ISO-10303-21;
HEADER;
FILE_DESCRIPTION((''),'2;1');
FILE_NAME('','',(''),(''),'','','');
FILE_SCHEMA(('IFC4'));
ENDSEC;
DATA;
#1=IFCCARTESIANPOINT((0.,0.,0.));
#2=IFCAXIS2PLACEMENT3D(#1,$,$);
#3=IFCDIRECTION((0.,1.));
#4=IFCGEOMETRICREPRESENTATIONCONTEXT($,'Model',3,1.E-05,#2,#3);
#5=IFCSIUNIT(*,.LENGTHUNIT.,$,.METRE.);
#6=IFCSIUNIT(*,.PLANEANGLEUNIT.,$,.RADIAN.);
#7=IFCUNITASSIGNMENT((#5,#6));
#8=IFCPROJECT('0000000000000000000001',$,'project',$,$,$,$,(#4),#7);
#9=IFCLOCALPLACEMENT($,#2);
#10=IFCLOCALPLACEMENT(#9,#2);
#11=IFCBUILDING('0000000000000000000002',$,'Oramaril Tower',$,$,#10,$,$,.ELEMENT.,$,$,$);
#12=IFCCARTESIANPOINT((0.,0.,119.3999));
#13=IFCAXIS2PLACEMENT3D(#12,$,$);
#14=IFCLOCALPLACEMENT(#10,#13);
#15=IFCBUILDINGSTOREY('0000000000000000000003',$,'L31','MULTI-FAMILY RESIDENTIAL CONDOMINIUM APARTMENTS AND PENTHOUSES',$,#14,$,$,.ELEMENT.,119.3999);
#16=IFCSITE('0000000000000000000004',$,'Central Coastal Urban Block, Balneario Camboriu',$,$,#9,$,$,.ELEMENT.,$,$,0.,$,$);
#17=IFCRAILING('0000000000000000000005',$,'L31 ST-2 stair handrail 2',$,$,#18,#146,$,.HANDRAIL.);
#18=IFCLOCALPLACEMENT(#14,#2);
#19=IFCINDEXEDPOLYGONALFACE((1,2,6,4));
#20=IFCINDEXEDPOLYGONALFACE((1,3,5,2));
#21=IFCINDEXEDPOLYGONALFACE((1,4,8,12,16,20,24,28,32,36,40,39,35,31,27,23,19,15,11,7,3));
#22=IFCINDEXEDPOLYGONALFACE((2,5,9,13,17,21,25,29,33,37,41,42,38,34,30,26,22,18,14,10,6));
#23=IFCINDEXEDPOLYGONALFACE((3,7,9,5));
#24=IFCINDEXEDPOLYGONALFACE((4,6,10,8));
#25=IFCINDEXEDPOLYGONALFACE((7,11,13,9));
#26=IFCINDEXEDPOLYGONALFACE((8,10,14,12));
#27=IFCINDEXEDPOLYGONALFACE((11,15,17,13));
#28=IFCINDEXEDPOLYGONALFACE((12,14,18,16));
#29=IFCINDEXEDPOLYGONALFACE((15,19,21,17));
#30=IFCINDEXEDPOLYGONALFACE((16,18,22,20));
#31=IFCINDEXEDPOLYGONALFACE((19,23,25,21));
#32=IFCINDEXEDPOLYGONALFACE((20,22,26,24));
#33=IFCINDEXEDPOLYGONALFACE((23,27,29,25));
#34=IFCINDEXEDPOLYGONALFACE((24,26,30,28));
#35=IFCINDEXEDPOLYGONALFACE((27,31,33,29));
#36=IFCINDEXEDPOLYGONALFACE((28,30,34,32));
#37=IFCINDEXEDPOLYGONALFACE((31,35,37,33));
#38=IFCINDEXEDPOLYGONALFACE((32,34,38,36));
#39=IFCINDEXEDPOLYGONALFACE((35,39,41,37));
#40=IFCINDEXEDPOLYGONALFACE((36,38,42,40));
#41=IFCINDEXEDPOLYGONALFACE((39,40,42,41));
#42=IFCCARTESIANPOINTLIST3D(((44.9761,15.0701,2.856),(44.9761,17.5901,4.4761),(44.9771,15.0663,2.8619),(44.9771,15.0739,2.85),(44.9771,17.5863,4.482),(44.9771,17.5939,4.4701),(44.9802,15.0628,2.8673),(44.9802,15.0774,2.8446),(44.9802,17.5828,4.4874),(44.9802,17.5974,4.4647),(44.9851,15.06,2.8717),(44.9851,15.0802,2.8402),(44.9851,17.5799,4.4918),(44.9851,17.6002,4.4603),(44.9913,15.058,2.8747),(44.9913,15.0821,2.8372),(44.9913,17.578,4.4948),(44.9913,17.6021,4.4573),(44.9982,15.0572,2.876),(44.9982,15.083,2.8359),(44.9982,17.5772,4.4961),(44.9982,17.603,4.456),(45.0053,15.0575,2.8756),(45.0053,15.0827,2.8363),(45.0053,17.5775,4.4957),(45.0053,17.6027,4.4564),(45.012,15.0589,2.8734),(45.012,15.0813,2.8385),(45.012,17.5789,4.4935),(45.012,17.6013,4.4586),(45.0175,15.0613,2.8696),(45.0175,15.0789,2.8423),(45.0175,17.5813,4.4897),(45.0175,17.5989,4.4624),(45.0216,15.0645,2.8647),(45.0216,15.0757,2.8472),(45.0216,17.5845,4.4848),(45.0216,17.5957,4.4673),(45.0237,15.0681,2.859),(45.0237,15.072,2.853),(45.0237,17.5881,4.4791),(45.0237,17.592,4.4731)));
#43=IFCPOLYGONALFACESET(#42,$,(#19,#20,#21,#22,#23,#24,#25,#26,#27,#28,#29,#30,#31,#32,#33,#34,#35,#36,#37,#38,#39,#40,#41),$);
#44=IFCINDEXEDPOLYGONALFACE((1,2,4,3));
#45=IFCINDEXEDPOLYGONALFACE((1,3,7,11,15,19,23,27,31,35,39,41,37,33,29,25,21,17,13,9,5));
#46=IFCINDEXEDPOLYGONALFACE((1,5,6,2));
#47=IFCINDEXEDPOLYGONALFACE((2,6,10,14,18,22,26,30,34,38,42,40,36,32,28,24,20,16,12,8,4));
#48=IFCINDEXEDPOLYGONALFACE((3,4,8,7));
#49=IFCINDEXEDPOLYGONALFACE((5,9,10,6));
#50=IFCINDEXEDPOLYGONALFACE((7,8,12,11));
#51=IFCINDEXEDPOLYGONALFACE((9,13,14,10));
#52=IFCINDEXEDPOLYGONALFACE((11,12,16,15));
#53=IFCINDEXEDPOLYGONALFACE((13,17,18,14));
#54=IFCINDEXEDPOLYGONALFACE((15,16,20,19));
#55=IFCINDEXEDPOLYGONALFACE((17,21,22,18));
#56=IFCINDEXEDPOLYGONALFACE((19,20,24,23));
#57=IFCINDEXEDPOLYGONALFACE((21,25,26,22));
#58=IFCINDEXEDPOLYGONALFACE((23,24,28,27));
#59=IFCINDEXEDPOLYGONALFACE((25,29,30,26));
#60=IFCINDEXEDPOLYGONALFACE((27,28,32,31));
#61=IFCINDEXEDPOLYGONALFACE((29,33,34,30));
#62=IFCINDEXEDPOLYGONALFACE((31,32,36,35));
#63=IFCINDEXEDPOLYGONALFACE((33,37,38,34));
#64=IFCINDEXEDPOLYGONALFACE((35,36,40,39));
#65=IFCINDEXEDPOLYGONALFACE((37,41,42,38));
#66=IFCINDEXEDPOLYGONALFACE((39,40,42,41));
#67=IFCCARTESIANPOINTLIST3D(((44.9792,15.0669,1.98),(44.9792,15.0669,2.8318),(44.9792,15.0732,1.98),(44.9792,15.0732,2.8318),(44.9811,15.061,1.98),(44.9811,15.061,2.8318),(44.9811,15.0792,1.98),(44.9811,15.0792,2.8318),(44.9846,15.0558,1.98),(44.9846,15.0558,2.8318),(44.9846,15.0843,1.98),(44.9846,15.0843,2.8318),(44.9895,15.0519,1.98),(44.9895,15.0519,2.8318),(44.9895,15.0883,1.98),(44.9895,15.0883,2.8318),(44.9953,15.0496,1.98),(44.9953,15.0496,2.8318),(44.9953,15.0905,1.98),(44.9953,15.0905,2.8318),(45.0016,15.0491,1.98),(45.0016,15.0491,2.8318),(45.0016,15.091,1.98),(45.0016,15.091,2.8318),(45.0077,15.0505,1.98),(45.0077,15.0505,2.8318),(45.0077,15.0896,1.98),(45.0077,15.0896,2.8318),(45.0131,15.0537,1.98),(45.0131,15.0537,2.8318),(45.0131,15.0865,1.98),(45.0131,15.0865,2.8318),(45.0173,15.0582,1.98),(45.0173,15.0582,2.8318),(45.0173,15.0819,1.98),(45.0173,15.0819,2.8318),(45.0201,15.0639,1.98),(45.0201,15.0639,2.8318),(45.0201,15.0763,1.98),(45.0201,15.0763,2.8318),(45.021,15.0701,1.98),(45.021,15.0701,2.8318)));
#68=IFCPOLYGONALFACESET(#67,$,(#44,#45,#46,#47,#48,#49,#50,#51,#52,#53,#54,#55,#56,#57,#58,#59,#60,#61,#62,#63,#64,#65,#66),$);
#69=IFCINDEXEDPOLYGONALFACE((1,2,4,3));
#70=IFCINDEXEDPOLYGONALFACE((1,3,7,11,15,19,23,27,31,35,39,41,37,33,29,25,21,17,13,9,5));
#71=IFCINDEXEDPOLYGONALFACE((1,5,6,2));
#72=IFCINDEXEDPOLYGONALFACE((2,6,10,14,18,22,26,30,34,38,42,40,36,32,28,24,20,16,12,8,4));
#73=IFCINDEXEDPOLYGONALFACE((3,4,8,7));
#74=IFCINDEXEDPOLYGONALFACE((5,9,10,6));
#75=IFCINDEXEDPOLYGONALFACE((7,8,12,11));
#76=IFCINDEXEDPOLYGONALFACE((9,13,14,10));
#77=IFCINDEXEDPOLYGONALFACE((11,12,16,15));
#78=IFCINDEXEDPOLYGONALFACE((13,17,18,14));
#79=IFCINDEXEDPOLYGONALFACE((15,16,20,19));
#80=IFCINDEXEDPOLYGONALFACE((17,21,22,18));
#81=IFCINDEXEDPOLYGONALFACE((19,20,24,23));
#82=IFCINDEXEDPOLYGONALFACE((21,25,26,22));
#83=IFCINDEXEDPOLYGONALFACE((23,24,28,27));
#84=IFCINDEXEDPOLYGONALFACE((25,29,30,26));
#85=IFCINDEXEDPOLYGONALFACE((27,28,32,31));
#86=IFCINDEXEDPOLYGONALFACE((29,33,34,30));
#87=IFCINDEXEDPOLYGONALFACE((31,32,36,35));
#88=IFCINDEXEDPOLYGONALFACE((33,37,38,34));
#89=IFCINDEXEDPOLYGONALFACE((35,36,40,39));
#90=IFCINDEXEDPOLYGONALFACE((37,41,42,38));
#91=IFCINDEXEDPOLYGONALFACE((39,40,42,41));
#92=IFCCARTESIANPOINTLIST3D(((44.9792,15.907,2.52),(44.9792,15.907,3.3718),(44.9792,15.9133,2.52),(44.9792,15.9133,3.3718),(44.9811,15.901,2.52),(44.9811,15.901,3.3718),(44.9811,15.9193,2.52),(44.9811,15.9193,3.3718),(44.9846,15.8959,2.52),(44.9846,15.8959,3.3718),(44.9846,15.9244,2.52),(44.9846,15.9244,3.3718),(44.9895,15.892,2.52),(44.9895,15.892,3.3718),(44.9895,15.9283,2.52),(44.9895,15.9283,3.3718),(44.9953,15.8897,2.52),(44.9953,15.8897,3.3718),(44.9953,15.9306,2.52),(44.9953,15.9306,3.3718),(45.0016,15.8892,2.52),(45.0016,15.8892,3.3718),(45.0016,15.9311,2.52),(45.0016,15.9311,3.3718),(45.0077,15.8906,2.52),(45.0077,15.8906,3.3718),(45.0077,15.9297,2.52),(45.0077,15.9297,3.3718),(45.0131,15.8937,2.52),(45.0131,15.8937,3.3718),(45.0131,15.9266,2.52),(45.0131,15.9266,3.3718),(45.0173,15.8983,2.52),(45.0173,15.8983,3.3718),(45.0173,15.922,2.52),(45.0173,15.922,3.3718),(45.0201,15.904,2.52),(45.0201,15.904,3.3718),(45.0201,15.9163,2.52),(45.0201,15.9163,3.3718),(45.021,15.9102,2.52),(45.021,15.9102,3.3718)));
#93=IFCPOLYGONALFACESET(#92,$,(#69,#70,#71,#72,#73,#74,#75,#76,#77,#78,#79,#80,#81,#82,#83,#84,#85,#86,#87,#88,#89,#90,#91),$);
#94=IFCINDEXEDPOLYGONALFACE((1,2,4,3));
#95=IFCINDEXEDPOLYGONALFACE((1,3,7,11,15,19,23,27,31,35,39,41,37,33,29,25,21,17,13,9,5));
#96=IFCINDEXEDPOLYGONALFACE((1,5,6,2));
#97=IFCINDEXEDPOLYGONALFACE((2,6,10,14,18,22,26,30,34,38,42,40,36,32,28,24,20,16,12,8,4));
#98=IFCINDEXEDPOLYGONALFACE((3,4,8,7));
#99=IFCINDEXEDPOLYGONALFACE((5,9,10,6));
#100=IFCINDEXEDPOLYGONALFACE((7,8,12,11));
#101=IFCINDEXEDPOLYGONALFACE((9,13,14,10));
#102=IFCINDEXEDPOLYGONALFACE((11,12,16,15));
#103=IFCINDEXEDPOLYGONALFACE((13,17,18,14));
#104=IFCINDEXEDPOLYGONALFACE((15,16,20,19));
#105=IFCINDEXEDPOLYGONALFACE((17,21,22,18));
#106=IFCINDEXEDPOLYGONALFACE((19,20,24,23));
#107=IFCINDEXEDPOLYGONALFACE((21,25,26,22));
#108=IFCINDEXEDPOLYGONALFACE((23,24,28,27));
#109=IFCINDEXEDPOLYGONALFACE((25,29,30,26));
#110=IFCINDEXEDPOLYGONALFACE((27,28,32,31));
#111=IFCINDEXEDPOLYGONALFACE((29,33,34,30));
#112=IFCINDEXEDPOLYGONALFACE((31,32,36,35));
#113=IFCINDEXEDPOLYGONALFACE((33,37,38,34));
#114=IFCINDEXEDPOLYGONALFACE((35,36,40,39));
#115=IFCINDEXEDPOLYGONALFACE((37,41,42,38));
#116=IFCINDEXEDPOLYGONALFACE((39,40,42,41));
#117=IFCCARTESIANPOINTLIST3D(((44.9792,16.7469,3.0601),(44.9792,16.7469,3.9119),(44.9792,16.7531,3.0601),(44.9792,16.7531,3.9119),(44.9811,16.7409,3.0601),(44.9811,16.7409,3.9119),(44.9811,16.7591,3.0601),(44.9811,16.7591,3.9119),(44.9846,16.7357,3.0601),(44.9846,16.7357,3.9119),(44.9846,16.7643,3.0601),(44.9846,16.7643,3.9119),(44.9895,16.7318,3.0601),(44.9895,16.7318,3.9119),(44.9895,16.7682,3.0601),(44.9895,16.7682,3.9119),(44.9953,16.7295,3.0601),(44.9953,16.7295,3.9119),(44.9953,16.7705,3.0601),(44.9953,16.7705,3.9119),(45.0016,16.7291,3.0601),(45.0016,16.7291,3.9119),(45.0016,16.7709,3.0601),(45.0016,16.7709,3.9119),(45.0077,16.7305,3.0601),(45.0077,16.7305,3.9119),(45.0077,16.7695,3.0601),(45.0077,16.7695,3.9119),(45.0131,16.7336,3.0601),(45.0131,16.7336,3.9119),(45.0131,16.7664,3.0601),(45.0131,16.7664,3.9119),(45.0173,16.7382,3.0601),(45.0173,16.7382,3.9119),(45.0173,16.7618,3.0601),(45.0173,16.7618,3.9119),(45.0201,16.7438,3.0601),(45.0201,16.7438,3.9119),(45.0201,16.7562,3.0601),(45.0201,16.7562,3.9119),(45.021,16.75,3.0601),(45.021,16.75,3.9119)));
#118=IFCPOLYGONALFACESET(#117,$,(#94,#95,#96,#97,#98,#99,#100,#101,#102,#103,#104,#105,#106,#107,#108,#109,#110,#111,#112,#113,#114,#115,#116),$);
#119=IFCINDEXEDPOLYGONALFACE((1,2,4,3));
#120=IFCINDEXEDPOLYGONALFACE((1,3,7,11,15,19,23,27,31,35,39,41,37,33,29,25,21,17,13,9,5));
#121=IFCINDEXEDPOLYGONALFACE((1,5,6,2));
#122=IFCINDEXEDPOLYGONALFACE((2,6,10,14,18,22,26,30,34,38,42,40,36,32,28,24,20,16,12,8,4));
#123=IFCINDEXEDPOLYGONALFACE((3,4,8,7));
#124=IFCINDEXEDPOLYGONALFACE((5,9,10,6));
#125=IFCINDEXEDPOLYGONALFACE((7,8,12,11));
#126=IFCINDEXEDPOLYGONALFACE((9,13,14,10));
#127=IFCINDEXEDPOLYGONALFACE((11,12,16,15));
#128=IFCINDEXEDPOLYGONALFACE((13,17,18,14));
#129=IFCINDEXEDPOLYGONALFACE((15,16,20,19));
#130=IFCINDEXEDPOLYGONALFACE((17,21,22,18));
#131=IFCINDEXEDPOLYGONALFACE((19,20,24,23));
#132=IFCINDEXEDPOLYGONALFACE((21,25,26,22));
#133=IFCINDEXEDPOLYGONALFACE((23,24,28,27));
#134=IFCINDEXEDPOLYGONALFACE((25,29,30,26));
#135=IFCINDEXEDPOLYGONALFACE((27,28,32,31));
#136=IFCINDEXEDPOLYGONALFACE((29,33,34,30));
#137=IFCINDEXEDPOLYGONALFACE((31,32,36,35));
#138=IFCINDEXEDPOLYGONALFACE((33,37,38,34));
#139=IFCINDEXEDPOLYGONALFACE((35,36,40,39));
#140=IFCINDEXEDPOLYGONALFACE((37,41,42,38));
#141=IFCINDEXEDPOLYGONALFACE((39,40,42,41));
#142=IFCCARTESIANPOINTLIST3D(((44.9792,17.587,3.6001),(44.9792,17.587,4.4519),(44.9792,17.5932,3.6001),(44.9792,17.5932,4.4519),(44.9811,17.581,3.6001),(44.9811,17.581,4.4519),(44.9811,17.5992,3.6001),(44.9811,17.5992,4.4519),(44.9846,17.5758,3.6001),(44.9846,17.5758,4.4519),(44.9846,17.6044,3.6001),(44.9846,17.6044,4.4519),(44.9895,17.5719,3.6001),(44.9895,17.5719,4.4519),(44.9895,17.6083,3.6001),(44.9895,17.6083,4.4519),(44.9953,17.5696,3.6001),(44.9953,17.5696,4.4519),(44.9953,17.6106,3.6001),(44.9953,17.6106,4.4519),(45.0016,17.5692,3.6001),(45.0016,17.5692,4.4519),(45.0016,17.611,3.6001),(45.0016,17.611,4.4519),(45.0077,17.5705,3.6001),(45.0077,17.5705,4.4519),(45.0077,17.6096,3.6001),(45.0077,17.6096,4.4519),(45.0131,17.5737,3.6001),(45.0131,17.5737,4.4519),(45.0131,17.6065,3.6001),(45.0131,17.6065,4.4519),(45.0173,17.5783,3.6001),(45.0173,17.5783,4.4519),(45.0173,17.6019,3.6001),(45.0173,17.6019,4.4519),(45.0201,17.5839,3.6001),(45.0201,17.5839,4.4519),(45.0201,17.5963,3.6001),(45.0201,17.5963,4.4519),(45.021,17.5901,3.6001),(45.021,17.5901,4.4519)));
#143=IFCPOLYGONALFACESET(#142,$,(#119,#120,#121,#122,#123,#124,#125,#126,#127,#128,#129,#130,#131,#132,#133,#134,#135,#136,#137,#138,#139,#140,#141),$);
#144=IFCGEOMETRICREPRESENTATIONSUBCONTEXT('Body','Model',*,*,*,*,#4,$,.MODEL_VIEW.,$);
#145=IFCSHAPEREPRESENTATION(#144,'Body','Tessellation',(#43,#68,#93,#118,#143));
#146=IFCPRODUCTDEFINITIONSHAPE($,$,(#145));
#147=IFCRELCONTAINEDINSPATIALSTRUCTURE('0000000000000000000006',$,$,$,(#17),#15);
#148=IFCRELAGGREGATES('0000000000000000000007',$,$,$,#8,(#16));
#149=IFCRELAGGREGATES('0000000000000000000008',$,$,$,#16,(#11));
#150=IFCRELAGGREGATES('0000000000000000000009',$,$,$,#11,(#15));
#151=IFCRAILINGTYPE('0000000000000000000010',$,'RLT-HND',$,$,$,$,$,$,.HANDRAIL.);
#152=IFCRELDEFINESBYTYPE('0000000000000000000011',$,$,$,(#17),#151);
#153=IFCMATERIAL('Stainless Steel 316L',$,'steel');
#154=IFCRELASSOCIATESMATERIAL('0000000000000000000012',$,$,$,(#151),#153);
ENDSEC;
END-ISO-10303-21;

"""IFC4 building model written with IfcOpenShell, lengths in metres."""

from ifc_helpers import new_model, si_unit, direction, frame, origin, origin_2d, place, context, subcontext, project, spatial, circle, extrude, material, type_object, element, save


model = new_model("IFC4")

# Units and contexts
model_context = context("Model", 3, precision=1e-05, world=origin(), true_north=direction((0.0, 1.0)))
body_context = subcontext(model_context, "Body", "Model", "MODEL_VIEW")
ifc_project = project(units=[si_unit("LENGTHUNIT", "METRE"), si_unit("PLANEANGLEUNIT", "RADIAN")], contexts=[model_context])

# Site, building, storey
site_placement = place(None, origin())
site = spatial("IfcSite", under=ifc_project, at=site_placement, Name="Central Coastal Urban Block, Balneario Camboriu", CompositionType="ELEMENT", RefElevation=0.0)
building_placement = place(site_placement, origin())
building = spatial("IfcBuilding", under=site, at=building_placement, Name="Oramaril Tower", CompositionType="ELEMENT")
storey_placement = place(building_placement, frame((0.0, 0.0, 119.3999)))
storey = spatial("IfcBuildingStorey", under=building, at=storey_placement, Name="L31", Description="MULTI-FAMILY RESIDENTIAL CONDOMINIUM APARTMENTS AND PENTHOUSES", CompositionType="ELEMENT", Elevation=119.3999)

# Railing
ifc_material_1 = material(Name="Stainless Steel 316L", Category="steel")
railing_type_1 = type_object("IfcRailingType", Name="RLT-HND", PredefinedType="HANDRAIL", material=ifc_material_1)
railing_1_placement = place(storey_placement, frame((45.0, 15.0701, 1.98)))
element("IfcRailing", 1, at=railing_1_placement, inside=storey, type_object=railing_type_1, Name="L31 ST-2 stair handrail 2", PredefinedType="HANDRAIL", context=body_context, shape_type="SweptSolid", body=[
    extrude(circle(Radius=0.0239, at=origin_2d()), frame((0.0, 0.0, 0.876), z_axis=(0.0, 0.841163, 0.540782), x_axis=(-1.0, 0.0, 0.0)), (0.0, 0.0, 1.0), 2.9958),
    extrude(circle(Radius=0.021, at=origin_2d()), origin(), (0.0, 0.0, 1.0), 0.8518),
    extrude(circle(Radius=0.021, at=origin_2d()), frame((0.0, 0.8401, 0.54)), (0.0, 0.0, 1.0), 0.8518),
    extrude(circle(Radius=0.021, at=origin_2d()), frame((0.0, 1.6799, 1.0801)), (0.0, 0.0, 1.0), 0.8518),
    extrude(circle(Radius=0.021, at=origin_2d()), frame((0.0, 2.52, 1.6201)), (0.0, 0.0, 1.0), 0.8518),
])

save(model, "model.ifc")
